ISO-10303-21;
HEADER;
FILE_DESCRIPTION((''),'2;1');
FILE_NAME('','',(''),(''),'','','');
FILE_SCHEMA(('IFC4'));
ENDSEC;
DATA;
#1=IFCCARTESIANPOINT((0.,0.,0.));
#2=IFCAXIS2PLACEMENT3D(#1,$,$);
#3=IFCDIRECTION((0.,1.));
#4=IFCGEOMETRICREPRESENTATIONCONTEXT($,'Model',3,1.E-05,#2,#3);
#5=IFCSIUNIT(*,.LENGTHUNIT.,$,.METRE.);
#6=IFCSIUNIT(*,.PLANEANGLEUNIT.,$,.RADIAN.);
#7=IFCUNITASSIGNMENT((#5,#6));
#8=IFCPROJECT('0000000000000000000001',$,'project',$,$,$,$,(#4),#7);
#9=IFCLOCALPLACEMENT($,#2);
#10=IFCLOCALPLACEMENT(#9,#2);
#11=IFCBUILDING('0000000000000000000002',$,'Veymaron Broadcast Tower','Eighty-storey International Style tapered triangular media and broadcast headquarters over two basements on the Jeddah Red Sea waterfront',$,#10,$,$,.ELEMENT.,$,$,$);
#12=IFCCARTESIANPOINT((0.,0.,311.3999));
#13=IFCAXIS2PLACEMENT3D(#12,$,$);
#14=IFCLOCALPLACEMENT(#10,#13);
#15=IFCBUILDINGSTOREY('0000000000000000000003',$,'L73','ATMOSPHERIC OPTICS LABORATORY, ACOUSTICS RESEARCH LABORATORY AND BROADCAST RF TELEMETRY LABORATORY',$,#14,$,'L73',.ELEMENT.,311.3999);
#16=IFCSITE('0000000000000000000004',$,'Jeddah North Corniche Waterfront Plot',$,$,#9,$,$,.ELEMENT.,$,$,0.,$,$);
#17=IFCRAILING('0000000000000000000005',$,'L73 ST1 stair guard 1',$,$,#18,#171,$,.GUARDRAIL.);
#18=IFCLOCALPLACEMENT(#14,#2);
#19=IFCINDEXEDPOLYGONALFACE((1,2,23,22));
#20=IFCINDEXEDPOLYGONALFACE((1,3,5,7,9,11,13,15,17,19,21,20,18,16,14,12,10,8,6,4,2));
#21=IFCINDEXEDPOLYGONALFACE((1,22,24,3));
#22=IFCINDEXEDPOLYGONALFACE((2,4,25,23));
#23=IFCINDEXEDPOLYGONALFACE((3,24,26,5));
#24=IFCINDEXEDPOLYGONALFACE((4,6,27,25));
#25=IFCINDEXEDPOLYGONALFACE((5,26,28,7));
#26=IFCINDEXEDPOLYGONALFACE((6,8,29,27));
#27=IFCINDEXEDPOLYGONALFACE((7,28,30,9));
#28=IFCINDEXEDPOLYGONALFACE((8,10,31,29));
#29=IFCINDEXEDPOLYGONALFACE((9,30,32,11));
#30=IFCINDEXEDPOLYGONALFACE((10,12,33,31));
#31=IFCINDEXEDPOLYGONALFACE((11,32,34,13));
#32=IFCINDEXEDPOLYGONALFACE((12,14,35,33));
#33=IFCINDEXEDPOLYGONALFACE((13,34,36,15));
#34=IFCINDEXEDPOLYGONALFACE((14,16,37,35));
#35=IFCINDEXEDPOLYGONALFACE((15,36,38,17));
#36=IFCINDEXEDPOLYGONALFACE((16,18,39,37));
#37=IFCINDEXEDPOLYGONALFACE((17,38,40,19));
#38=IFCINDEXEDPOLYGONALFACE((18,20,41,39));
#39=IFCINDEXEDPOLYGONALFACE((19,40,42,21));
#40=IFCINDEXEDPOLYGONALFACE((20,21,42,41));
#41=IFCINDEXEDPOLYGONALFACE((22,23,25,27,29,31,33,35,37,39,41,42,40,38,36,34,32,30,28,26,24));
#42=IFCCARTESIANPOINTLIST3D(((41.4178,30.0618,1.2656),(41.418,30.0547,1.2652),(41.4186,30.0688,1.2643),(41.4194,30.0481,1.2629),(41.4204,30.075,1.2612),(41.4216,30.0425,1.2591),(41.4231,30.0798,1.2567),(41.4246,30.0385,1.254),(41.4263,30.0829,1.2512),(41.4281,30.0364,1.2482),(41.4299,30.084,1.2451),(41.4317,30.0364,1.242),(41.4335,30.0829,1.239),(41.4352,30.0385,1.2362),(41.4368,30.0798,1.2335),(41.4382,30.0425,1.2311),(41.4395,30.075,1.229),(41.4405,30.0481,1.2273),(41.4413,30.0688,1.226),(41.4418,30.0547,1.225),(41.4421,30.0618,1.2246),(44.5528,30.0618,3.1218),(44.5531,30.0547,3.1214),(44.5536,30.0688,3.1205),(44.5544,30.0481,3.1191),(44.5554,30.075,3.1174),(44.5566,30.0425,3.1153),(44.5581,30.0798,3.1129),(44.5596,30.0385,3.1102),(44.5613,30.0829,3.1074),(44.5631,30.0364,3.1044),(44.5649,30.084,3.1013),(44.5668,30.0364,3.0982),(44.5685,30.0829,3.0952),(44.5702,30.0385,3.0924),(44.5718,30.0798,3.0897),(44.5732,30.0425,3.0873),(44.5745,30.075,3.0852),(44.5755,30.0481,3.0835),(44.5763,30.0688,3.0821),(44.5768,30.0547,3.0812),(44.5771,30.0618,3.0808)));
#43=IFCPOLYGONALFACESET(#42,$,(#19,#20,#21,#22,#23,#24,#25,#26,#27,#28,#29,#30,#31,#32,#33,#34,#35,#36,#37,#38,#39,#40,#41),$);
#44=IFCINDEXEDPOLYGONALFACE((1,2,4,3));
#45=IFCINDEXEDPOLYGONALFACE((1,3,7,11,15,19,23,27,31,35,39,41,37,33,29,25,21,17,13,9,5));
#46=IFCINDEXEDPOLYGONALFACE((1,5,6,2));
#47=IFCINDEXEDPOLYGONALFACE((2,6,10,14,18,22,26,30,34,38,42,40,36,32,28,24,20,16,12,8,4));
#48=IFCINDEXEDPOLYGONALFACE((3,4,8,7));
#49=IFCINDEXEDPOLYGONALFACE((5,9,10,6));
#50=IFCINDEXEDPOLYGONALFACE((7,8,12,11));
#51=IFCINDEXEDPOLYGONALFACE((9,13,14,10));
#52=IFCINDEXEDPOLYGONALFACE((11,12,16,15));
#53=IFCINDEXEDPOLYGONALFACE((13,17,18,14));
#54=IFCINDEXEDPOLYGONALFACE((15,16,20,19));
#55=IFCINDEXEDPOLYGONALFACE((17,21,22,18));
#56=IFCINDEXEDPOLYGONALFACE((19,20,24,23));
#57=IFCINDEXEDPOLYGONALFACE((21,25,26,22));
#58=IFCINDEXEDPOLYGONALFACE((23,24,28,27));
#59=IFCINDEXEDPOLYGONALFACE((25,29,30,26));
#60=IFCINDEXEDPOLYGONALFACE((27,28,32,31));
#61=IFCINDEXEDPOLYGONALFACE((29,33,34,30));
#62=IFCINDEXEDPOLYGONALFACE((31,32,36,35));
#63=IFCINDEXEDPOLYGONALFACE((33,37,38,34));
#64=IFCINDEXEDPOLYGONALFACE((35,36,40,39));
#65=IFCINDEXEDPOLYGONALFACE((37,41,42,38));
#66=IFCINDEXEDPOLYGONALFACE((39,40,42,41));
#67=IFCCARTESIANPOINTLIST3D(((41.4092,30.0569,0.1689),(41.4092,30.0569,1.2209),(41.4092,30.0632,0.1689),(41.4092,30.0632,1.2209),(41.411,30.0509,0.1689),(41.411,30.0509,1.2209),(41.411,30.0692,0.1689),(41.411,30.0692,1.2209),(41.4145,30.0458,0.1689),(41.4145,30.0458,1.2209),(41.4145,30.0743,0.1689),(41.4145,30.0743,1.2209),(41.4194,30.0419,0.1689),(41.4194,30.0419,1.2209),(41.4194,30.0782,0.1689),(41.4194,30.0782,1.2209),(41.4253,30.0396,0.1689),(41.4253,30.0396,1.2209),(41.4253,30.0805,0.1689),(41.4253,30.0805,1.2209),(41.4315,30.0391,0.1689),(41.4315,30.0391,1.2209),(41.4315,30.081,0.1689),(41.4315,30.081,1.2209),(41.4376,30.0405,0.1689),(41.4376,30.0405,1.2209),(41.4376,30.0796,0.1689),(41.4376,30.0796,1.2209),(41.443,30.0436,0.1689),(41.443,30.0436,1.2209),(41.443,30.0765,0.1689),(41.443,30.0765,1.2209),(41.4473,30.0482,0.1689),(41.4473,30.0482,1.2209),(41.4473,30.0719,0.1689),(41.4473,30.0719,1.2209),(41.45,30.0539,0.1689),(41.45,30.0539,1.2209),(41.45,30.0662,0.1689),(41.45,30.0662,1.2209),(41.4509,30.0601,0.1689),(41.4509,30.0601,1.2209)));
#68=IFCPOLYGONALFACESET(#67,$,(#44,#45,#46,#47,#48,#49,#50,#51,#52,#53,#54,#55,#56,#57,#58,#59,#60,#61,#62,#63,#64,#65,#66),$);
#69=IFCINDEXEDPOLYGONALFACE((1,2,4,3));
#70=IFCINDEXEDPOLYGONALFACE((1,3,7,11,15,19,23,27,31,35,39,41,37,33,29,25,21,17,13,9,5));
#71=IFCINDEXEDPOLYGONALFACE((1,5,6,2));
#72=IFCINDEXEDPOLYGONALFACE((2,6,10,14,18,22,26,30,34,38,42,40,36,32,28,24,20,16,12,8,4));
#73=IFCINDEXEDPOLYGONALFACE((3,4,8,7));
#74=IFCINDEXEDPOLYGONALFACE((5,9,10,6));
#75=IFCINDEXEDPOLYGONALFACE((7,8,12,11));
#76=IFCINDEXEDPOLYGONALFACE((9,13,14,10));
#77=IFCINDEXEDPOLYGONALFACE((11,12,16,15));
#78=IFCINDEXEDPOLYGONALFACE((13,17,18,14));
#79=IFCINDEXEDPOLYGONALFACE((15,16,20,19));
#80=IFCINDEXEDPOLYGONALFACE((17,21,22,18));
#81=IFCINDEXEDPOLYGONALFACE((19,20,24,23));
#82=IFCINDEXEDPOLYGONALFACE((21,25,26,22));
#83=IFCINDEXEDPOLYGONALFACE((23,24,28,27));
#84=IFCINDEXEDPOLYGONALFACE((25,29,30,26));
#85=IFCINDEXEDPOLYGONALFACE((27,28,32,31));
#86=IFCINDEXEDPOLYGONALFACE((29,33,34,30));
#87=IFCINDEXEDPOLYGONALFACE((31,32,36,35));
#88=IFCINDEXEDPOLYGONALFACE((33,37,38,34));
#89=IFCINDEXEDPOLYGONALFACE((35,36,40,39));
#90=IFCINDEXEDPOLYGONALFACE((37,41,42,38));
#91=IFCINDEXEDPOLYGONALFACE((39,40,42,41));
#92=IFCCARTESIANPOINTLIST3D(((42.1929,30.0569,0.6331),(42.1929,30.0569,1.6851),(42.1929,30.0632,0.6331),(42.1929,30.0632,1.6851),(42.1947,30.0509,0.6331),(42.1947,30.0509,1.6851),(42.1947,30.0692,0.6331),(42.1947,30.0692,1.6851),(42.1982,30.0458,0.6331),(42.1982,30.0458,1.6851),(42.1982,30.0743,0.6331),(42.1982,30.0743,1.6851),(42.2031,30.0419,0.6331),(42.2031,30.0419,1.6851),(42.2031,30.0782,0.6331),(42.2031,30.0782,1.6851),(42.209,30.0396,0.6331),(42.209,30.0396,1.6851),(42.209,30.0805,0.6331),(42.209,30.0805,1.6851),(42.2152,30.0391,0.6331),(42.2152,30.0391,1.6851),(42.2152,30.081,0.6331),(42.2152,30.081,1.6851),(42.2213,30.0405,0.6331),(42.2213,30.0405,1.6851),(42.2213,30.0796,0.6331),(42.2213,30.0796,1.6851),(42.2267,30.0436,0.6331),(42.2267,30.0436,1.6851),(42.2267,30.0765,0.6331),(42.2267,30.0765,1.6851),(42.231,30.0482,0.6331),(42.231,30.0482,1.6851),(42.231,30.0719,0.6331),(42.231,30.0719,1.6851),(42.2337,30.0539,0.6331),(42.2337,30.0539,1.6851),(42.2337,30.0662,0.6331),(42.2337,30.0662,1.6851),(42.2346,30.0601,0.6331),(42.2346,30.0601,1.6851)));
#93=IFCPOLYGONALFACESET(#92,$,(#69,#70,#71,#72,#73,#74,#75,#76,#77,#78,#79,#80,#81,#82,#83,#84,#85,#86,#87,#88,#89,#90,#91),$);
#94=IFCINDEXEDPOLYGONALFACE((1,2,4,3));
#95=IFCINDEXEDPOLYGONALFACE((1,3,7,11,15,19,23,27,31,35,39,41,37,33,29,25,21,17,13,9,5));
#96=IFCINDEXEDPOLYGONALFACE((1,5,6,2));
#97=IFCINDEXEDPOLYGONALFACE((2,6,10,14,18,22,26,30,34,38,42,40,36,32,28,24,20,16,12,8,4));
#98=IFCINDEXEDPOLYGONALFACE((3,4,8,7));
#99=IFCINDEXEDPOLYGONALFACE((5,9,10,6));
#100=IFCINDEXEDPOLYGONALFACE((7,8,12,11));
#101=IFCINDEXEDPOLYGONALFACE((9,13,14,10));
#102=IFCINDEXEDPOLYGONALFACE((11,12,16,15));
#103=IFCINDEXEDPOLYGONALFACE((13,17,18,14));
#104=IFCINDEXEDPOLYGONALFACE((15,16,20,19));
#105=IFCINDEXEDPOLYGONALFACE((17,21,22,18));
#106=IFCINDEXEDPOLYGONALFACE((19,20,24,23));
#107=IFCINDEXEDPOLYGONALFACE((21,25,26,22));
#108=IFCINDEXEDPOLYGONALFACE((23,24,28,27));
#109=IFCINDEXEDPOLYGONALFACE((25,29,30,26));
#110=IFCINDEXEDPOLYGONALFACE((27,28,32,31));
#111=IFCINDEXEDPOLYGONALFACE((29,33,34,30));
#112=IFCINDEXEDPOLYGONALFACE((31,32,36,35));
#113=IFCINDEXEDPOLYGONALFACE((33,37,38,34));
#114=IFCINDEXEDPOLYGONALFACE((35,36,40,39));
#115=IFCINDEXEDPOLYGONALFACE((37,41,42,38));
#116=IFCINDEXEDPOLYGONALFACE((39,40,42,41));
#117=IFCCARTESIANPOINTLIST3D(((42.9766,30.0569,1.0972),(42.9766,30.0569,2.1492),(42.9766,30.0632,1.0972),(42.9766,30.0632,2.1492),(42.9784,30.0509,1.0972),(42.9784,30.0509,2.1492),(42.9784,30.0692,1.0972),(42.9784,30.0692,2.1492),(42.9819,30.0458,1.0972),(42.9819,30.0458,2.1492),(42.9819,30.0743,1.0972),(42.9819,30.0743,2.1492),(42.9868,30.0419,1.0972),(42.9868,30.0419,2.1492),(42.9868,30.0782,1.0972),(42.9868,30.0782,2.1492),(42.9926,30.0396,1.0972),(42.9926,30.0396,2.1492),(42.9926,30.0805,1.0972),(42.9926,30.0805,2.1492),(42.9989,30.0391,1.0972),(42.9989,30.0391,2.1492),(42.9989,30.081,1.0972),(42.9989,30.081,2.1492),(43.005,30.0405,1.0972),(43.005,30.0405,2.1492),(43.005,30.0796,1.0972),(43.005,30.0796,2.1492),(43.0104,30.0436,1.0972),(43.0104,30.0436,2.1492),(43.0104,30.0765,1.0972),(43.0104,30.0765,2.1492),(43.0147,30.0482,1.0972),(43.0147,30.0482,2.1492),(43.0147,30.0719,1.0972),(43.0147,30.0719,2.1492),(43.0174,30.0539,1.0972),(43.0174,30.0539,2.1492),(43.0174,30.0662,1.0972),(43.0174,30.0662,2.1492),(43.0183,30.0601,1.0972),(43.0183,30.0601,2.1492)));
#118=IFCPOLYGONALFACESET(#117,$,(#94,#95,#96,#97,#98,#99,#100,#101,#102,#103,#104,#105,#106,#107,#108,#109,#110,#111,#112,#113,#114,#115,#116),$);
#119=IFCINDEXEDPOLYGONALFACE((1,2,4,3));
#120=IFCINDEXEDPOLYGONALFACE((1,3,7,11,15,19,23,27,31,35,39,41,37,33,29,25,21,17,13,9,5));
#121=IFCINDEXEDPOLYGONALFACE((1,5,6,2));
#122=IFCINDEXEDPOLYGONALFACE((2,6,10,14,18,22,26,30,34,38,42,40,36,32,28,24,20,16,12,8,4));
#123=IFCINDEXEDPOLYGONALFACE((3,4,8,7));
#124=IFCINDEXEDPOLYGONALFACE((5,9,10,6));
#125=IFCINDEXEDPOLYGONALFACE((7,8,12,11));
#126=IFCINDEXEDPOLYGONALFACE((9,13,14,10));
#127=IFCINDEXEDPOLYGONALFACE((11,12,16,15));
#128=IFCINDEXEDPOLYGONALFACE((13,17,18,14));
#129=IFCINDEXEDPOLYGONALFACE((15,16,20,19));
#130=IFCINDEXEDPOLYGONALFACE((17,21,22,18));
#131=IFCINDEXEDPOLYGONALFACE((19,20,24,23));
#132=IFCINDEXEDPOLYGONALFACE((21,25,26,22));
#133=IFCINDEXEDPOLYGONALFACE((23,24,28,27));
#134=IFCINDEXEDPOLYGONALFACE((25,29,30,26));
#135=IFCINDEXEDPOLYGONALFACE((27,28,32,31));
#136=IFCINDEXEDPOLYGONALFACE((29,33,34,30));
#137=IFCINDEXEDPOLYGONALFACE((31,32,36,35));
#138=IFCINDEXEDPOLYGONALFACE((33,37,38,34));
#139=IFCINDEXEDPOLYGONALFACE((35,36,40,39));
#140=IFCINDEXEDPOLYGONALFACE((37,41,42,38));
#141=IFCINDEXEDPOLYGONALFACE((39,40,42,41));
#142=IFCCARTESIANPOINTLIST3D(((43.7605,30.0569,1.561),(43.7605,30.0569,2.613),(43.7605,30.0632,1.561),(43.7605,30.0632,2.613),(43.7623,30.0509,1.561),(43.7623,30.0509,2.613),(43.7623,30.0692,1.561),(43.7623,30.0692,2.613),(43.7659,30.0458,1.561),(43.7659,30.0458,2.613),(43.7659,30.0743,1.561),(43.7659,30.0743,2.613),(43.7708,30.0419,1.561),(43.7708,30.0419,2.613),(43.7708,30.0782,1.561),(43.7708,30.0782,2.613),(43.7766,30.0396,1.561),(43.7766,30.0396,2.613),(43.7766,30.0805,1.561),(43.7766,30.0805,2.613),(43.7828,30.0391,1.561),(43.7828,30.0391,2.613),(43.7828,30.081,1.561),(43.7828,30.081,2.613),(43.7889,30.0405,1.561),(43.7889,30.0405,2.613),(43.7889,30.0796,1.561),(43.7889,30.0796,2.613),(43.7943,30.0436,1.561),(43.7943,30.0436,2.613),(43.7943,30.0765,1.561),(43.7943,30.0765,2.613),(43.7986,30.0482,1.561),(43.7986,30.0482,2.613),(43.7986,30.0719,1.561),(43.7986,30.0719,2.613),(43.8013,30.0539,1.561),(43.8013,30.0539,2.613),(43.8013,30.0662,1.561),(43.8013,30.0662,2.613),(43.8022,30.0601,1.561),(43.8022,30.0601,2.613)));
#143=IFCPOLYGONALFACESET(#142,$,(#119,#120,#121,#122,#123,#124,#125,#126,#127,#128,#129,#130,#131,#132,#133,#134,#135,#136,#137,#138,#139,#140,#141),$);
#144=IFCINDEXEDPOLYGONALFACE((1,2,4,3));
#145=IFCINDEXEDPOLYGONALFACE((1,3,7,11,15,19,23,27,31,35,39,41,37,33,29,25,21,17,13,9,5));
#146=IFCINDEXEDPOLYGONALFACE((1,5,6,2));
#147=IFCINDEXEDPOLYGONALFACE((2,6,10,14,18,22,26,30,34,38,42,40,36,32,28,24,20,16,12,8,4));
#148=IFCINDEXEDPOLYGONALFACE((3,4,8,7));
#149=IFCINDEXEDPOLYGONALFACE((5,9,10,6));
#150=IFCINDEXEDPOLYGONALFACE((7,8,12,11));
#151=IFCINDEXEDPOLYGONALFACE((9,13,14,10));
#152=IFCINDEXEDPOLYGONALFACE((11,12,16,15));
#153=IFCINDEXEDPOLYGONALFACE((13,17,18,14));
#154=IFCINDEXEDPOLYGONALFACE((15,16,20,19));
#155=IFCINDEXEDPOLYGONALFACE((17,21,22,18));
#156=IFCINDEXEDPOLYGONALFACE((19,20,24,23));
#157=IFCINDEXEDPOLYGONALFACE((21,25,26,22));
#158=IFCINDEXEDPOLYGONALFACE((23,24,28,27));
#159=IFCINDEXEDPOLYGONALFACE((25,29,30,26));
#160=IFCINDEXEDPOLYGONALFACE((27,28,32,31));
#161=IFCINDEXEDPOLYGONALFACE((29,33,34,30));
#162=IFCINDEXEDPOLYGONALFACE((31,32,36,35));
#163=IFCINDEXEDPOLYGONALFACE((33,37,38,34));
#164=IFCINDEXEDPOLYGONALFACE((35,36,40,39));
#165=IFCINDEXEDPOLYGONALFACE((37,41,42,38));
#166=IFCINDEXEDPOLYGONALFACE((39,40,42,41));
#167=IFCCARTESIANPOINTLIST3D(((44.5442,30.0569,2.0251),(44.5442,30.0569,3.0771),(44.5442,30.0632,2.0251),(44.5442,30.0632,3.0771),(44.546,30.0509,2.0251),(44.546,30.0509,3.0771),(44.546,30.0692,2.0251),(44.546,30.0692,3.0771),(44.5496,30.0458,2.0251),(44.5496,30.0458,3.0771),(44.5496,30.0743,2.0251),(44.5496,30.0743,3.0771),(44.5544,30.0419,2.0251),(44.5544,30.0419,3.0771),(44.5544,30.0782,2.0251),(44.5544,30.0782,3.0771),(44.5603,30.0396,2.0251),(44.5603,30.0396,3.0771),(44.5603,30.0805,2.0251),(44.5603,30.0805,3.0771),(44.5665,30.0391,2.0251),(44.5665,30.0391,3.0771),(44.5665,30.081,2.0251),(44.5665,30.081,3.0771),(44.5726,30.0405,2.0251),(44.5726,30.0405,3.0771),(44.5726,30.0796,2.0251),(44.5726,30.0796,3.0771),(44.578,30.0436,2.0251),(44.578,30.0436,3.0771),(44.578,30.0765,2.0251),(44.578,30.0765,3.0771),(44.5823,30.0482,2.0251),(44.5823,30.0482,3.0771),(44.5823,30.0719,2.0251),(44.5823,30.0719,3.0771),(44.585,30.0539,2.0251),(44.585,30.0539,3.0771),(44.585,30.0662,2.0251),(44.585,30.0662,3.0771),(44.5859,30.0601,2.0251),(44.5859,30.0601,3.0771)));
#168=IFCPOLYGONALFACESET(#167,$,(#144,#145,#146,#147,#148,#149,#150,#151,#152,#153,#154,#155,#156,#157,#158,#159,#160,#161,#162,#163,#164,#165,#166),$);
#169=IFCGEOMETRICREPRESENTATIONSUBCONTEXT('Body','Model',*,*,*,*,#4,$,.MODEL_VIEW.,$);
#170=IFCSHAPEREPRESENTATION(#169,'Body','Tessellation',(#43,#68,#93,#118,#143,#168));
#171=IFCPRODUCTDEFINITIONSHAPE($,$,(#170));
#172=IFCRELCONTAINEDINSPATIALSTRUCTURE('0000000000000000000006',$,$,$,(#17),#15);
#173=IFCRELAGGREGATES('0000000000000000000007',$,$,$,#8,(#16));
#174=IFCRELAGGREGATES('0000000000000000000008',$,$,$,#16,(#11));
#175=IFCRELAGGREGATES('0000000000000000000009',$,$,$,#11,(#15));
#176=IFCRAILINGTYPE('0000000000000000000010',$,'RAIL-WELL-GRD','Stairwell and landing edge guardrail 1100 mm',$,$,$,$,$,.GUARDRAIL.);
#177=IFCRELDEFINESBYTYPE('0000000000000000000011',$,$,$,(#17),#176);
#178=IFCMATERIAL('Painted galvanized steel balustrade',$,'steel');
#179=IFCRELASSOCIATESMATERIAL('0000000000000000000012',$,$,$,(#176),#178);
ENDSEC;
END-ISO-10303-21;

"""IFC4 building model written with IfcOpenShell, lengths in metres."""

from ifc_helpers import new_model, si_unit, direction, frame, origin, origin_2d, place, context, subcontext, project, spatial, circle, extrude, material, type_object, element, save


model = new_model("IFC4")

# Units and contexts
model_context = context("Model", 3, precision=1e-05, world=origin(), true_north=direction((0.0, 1.0)))
body_context = subcontext(model_context, "Body", "Model", "MODEL_VIEW")
ifc_project = project(units=[si_unit("LENGTHUNIT", "METRE"), si_unit("PLANEANGLEUNIT", "RADIAN")], contexts=[model_context])

# Site, building, storey
site_placement = place(None, origin())
site = spatial("IfcSite", under=ifc_project, at=site_placement, Name="Jeddah North Corniche Waterfront Plot", CompositionType="ELEMENT", RefElevation=0.0)
building_placement = place(site_placement, origin())
building = spatial("IfcBuilding", under=site, at=building_placement, Name="Veymaron Broadcast Tower", Description="Eighty-storey International Style tapered triangular media and broadcast headquarters over two basements on the Jeddah Red Sea waterfront", CompositionType="ELEMENT")
storey_placement = place(building_placement, frame((0.0, 0.0, 311.3999)))
storey = spatial("IfcBuildingStorey", under=building, at=storey_placement, Name="L73", Description="ATMOSPHERIC OPTICS LABORATORY, ACOUSTICS RESEARCH LABORATORY AND BROADCAST RF TELEMETRY LABORATORY", LongName="L73", CompositionType="ELEMENT", Elevation=311.3999)

# Railing
ifc_material_1 = material(Name="Painted galvanized steel balustrade", Category="steel")
railing_type_1 = type_object("IfcRailingType", Name="RAIL-WELL-GRD", Description="Stairwell and landing edge guardrail 1100 mm", PredefinedType="GUARDRAIL", material=ifc_material_1)
railing_1_placement = place(storey_placement, frame((41.4299, 30.0601, 0.1689)))
element("IfcRailing", 1, at=railing_1_placement, inside=storey, type_object=railing_type_1, Name="L73 ST1 stair guard 1", PredefinedType="GUARDRAIL", context=body_context, shape_type="SweptSolid", body=[
    extrude(circle(Radius=0.0239, at=origin_2d()), frame((0.0, 0.0, 1.0762), z_axis=(0.860482, 0.0, 0.509481), x_axis=(0.0, 1.0, 0.0)), (0.0, 0.0, 1.0), 3.6433),
    extrude(circle(Radius=0.021, at=origin_2d()), origin(), (0.0, 0.0, 1.0), 1.052),
    extrude(circle(Radius=0.021, at=origin_2d()), frame((0.7837, 0.0, 0.4641)), (0.0, 0.0, 1.0), 1.052),
    extrude(circle(Radius=0.021, at=origin_2d()), frame((1.5674, 0.0, 0.9282)), (0.0, 0.0, 1.0), 1.052),
    extrude(circle(Radius=0.021, at=origin_2d()), frame((2.3513, 0.0, 1.3921)), (0.0, 0.0, 1.0), 1.052),
    extrude(circle(Radius=0.021, at=origin_2d()), frame((3.135, 0.0, 1.8562)), (0.0, 0.0, 1.0), 1.052),
])

save(model, "model.ifc")
